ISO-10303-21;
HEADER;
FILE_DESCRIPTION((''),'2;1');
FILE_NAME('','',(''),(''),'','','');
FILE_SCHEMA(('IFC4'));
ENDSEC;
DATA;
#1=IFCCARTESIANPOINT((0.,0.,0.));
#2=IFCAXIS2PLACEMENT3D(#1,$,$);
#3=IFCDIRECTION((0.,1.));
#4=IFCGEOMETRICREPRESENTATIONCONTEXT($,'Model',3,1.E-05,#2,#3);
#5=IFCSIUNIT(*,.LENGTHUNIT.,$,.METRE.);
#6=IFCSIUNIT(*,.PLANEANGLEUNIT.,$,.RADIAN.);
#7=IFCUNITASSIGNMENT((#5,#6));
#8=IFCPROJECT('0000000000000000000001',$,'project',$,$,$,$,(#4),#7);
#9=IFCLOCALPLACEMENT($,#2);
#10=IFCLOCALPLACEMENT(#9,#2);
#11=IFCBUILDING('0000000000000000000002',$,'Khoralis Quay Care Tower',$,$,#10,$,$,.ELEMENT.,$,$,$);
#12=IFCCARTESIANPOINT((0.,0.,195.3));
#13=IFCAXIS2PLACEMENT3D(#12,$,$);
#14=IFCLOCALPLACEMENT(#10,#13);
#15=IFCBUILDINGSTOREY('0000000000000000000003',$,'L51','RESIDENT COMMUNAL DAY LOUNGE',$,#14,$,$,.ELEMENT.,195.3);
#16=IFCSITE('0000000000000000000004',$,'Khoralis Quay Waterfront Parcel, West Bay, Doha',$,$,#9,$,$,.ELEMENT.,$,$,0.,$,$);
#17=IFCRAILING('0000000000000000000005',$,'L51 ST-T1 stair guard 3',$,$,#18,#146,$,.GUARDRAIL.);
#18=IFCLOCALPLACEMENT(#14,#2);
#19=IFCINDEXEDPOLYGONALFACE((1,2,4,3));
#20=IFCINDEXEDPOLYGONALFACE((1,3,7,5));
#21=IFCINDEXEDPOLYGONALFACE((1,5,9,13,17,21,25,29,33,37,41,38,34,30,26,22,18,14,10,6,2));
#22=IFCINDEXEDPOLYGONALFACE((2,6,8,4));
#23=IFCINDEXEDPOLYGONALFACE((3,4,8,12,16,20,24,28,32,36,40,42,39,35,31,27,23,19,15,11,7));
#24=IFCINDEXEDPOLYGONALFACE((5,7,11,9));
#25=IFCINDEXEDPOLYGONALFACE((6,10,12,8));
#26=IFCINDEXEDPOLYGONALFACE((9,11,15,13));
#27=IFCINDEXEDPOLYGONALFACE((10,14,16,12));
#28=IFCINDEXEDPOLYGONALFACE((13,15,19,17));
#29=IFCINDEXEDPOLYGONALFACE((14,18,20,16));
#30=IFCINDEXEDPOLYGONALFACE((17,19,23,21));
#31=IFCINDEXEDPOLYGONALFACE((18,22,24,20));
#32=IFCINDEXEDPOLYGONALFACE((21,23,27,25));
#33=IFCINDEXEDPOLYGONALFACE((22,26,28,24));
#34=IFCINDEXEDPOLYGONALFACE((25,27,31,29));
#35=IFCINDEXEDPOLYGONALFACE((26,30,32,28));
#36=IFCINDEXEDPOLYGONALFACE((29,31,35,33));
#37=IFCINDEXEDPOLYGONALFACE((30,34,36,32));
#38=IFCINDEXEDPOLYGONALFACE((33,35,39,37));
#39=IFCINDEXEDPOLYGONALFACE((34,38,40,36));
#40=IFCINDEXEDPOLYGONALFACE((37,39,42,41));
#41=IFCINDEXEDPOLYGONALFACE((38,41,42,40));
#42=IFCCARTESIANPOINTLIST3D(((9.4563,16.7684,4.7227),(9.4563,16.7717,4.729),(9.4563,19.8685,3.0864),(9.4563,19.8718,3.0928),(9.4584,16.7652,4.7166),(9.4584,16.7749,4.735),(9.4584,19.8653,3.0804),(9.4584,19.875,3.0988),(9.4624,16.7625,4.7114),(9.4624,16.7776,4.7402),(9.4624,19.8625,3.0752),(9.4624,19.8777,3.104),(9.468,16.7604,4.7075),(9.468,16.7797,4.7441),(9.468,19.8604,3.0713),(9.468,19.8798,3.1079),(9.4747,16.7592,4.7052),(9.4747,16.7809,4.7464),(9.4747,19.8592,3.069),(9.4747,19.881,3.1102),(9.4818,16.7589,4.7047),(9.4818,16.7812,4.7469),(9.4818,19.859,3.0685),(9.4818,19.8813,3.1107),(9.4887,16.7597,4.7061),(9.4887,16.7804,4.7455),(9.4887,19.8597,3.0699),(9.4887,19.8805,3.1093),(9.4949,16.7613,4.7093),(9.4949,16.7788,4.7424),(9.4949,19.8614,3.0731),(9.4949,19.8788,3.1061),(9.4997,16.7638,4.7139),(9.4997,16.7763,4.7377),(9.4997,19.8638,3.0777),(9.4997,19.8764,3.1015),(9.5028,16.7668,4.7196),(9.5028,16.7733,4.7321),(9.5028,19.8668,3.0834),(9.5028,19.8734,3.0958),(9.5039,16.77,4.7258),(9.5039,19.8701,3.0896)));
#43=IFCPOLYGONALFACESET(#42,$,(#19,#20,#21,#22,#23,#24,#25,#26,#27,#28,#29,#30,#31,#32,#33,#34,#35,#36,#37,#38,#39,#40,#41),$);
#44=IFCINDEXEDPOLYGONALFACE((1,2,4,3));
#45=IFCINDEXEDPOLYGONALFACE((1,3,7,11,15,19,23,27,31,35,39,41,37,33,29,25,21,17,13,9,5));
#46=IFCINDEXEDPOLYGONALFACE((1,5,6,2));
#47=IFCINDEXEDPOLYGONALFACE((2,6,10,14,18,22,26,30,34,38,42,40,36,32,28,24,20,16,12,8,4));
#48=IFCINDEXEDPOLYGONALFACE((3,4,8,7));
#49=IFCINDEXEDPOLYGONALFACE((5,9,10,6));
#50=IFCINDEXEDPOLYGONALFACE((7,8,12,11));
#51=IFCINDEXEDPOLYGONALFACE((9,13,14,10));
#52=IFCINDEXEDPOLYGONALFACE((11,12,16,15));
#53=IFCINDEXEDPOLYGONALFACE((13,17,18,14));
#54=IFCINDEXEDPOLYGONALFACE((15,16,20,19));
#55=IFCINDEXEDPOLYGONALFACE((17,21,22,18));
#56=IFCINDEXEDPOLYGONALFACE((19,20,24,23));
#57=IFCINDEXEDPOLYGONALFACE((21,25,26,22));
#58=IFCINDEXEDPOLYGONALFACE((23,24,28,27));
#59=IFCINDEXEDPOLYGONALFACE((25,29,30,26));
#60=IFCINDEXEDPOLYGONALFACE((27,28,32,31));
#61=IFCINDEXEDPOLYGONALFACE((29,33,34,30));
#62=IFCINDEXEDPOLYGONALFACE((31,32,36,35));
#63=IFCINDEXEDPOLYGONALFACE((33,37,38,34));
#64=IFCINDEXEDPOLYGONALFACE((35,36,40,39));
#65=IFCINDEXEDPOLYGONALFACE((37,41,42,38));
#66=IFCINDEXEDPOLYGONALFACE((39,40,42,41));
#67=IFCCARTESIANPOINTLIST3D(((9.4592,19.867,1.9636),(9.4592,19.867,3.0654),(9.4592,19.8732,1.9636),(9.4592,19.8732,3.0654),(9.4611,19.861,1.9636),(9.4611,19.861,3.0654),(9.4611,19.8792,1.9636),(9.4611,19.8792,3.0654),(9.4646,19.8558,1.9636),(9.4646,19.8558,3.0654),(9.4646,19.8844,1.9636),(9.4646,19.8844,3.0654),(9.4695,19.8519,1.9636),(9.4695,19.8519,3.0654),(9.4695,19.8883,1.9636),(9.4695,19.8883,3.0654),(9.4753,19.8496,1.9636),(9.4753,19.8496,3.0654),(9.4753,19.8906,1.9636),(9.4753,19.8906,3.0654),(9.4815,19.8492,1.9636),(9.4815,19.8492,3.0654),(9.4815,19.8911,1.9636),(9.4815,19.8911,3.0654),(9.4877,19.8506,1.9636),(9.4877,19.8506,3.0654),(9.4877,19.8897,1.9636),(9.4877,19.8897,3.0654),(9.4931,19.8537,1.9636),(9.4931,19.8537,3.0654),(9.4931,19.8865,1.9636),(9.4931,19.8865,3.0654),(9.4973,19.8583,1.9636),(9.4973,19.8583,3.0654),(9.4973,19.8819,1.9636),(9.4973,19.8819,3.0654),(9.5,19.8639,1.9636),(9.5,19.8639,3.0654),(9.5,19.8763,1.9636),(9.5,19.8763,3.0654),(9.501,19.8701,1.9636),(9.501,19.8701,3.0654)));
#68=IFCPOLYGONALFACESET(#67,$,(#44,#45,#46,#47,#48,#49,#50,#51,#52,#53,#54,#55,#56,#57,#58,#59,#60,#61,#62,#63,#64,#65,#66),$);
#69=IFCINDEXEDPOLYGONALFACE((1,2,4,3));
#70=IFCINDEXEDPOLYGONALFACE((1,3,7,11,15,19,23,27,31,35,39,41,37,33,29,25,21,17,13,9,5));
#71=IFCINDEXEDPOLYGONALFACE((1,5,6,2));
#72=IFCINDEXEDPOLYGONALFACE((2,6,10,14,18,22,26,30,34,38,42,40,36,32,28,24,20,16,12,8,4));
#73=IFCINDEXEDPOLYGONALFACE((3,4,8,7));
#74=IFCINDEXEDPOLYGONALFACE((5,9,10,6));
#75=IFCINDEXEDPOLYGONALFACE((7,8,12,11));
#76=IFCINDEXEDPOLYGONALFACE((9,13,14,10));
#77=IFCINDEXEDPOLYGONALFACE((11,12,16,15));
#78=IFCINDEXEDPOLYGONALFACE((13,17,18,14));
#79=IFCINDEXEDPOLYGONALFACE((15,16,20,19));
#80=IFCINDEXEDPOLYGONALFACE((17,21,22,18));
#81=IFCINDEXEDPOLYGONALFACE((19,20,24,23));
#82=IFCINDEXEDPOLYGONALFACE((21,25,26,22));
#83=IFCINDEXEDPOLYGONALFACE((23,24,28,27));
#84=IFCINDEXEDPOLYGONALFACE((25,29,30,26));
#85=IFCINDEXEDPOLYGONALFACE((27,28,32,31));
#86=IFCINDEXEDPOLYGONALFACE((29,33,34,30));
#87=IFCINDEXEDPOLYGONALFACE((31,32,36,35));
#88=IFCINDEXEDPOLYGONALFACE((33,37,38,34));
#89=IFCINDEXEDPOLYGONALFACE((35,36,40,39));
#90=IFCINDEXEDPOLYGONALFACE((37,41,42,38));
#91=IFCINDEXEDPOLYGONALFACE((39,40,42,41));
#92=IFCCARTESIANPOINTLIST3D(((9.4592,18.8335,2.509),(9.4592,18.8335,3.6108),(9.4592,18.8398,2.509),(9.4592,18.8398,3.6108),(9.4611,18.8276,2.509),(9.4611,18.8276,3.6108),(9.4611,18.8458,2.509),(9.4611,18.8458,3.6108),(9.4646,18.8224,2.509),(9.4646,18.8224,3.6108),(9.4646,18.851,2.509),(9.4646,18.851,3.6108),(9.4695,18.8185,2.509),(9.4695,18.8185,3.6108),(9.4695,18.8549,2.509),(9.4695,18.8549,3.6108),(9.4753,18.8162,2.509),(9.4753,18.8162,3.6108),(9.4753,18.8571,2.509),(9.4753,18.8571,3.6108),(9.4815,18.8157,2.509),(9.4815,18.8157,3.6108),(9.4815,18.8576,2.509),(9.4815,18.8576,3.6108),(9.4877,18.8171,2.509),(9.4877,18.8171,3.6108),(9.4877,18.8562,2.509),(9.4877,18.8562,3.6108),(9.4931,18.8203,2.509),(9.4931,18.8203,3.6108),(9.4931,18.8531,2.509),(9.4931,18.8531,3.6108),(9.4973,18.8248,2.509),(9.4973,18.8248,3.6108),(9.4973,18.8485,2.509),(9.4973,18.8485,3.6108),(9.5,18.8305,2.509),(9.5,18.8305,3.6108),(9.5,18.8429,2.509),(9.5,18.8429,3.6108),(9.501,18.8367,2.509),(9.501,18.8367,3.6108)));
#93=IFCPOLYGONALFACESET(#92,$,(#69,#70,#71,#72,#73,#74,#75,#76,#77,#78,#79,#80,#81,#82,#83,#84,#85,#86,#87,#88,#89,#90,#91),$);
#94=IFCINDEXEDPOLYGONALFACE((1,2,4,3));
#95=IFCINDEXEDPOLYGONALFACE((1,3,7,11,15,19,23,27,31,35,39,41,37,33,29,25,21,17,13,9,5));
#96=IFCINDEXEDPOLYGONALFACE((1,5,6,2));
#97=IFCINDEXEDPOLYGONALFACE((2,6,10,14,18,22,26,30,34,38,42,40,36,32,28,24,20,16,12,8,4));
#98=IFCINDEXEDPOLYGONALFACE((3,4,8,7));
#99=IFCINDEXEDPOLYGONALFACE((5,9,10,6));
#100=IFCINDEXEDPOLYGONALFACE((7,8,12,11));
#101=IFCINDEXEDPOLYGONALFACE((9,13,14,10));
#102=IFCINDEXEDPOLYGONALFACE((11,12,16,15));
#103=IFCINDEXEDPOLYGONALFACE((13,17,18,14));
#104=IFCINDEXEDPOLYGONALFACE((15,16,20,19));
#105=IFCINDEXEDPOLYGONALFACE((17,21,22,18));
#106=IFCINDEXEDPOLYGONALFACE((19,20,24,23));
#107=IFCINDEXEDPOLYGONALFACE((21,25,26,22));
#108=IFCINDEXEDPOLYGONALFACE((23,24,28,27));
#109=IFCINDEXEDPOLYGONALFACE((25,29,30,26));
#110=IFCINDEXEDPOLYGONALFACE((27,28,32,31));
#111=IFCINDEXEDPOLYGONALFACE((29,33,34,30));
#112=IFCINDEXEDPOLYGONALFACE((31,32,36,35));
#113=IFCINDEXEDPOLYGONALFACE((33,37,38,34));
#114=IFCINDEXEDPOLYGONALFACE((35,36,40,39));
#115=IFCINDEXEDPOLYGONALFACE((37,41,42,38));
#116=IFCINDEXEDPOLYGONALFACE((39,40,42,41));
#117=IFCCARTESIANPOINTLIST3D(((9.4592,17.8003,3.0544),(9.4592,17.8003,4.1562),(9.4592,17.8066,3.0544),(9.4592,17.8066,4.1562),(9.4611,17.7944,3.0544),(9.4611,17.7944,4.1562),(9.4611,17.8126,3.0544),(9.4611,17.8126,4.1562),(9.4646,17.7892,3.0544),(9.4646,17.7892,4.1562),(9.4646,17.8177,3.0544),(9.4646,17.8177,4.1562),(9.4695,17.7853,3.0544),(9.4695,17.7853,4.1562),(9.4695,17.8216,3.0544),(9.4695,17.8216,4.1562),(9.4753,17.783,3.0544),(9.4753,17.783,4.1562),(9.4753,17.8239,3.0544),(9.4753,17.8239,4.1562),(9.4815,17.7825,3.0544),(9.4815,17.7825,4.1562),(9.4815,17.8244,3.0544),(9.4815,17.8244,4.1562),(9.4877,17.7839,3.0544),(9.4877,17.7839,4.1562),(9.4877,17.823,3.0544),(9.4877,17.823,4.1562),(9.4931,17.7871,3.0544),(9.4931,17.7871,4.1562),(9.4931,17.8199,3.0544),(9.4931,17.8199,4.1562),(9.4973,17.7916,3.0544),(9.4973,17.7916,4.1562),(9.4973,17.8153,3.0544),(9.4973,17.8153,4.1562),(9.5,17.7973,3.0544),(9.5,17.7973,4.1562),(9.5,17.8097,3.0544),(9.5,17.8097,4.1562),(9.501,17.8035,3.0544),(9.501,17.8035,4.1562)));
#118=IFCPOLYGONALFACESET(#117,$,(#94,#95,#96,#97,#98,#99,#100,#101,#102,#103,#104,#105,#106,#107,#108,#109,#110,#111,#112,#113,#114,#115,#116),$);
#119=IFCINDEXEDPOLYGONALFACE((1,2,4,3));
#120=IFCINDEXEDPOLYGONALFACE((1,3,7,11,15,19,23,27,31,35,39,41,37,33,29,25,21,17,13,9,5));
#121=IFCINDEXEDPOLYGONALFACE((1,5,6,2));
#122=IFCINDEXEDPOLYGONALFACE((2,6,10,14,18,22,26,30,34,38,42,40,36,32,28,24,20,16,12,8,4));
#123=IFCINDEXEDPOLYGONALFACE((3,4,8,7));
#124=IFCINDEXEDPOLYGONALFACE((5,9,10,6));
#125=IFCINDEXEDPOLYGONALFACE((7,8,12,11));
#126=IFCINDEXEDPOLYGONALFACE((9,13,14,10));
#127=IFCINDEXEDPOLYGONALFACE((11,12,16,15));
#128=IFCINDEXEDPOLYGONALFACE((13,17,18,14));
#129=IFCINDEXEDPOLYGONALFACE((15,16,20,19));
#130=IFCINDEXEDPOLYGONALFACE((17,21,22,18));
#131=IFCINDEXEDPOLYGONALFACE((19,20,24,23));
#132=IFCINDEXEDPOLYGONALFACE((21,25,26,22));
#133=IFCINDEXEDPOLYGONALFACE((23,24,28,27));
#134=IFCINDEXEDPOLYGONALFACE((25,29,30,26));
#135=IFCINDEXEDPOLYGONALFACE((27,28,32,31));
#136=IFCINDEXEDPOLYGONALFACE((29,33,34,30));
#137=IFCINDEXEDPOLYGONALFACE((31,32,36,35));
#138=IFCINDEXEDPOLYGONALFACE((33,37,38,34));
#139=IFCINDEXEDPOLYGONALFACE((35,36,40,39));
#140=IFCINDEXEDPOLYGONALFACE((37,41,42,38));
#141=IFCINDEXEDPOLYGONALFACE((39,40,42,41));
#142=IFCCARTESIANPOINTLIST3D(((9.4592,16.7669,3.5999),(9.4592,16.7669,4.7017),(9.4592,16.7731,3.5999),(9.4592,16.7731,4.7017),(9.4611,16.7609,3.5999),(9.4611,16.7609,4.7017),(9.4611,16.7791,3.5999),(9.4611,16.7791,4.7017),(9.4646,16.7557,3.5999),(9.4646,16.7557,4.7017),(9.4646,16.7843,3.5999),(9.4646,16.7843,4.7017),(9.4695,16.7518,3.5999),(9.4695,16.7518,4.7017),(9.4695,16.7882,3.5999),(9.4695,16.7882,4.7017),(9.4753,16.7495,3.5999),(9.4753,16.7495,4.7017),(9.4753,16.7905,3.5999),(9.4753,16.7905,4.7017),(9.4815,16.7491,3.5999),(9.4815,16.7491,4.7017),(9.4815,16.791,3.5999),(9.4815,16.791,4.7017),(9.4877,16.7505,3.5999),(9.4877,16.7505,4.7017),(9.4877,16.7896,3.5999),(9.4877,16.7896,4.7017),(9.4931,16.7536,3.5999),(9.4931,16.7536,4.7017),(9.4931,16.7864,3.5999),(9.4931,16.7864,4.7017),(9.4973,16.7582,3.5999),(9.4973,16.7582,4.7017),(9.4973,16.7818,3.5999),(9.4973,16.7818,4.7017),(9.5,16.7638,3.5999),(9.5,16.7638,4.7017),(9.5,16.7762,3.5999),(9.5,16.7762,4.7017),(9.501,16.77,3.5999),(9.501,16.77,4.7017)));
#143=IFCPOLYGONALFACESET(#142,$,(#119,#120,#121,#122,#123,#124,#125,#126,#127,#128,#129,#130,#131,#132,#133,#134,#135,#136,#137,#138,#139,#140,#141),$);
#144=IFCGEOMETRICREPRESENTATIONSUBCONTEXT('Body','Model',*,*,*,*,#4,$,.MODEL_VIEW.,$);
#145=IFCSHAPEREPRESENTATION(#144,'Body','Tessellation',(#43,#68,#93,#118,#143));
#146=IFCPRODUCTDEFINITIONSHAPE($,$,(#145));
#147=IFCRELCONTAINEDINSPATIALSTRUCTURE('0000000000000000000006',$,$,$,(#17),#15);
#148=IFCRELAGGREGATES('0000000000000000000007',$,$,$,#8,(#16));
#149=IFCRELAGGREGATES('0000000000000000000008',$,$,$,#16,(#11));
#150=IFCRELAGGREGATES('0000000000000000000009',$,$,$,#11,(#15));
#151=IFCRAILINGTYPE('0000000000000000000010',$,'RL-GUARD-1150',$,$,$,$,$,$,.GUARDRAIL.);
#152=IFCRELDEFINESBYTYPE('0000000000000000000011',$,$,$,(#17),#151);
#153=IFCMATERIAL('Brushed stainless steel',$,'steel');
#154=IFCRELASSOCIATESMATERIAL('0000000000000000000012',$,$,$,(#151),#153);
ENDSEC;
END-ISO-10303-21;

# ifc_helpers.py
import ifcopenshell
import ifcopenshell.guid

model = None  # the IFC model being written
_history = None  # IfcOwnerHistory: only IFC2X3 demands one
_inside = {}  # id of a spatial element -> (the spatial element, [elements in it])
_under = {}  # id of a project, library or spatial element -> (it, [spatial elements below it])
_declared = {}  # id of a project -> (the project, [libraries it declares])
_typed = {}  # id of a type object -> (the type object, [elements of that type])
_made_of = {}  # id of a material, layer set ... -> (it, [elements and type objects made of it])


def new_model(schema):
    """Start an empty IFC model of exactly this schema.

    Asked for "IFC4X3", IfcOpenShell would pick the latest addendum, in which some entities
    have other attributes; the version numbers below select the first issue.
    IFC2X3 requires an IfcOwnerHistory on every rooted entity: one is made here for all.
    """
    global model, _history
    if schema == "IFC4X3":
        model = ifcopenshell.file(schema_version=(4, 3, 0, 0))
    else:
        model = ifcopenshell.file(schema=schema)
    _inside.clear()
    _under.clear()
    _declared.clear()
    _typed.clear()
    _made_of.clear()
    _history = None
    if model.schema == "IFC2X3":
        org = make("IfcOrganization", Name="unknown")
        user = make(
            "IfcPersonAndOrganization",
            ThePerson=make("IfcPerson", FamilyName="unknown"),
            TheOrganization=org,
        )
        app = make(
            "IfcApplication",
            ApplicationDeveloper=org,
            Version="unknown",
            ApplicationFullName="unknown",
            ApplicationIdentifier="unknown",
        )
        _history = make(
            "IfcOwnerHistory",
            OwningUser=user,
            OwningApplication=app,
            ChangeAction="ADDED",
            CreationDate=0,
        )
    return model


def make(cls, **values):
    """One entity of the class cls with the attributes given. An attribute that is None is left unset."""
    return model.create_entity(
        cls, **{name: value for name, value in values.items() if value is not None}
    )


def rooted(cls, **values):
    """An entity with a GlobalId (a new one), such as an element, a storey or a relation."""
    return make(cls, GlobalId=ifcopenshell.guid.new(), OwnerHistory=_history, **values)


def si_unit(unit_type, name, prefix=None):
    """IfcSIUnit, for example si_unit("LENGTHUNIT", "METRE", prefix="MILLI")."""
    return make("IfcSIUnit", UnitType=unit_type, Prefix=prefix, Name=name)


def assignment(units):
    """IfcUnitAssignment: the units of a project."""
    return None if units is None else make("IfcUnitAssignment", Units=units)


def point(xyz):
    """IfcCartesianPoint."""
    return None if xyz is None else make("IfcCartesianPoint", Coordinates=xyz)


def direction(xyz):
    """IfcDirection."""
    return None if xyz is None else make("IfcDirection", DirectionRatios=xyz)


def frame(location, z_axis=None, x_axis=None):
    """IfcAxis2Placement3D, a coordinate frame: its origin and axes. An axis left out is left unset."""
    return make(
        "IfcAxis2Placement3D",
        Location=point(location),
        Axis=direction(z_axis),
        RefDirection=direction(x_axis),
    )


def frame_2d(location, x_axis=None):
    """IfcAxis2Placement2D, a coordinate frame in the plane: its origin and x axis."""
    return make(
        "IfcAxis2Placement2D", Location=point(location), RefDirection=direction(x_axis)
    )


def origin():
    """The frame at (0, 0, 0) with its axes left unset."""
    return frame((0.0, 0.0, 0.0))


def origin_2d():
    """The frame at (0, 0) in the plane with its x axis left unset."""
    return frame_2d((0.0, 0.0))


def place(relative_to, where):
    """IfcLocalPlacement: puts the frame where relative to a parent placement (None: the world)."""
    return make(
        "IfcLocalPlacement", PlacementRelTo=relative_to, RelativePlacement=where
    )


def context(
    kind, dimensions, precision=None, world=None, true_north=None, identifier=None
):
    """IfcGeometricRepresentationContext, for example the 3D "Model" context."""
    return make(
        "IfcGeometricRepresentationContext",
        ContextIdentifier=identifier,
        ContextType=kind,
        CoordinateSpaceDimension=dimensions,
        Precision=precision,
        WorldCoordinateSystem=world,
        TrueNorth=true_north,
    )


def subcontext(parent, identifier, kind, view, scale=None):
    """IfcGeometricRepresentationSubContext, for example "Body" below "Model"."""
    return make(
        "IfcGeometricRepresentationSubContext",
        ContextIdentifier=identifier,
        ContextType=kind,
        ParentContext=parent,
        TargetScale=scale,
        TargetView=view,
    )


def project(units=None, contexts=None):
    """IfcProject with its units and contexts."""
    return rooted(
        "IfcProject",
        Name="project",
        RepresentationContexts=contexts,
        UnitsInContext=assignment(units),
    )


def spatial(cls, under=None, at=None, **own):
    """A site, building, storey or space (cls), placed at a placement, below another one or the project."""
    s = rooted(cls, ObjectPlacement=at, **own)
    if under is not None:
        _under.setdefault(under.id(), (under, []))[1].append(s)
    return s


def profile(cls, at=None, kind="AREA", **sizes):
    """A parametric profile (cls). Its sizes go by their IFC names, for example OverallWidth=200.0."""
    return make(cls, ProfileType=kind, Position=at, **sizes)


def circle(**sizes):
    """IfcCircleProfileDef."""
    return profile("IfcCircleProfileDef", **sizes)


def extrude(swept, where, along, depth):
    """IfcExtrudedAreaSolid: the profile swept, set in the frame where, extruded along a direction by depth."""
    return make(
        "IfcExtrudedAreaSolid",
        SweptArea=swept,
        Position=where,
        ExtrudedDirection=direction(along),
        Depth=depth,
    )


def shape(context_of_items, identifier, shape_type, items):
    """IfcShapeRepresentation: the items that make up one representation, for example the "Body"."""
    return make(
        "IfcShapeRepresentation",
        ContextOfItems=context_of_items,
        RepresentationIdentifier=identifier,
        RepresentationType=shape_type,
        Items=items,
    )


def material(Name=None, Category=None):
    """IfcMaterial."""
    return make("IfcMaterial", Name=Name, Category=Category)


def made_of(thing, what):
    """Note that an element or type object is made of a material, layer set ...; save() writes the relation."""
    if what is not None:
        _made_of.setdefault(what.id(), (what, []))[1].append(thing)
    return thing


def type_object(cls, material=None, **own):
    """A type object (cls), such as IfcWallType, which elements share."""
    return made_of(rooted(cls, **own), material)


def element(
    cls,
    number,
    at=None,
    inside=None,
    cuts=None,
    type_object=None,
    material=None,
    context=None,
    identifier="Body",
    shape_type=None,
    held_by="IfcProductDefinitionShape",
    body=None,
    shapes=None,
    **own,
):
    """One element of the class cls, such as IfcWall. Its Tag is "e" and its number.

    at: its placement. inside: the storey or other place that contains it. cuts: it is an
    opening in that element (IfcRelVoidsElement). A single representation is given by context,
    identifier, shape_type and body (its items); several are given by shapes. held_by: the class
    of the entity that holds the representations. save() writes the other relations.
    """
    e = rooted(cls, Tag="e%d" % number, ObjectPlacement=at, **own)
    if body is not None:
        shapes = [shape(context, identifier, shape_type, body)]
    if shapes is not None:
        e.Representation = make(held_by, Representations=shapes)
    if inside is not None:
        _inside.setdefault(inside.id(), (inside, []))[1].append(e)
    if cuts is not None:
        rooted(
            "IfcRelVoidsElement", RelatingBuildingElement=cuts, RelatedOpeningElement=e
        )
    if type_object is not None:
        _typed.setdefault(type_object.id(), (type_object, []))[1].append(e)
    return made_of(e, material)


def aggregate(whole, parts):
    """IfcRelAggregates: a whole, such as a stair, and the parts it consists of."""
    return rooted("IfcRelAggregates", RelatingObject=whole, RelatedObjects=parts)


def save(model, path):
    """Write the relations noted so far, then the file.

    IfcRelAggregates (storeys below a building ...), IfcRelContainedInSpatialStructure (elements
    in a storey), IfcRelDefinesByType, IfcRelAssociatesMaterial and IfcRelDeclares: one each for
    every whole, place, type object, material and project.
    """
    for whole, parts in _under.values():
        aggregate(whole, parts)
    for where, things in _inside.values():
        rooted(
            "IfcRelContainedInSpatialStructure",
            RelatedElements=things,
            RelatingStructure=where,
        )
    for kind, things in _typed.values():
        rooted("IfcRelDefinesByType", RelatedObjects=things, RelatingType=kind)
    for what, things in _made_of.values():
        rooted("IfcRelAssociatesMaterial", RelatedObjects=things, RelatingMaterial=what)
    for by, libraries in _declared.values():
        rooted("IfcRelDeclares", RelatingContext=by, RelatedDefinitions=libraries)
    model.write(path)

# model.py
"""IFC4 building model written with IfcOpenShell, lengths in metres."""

from ifc_helpers import new_model, si_unit, direction, frame, origin, origin_2d, place, context, subcontext, project, spatial, circle, extrude, material, type_object, element, save


model = new_model("IFC4")

# Units and contexts
model_context = context("Model", 3, precision=1e-05, world=origin(), true_north=direction((0.0, 1.0)))
body_context = subcontext(model_context, "Body", "Model", "MODEL_VIEW")
ifc_project = project(units=[si_unit("LENGTHUNIT", "METRE"), si_unit("PLANEANGLEUNIT", "RADIAN")], contexts=[model_context])

# Site, building, storey
site_placement = place(None, origin())
site = spatial("IfcSite", under=ifc_project, at=site_placement, Name="Khoralis Quay Waterfront Parcel, West Bay, Doha", CompositionType="ELEMENT", RefElevation=0.0)
building_placement = place(site_placement, origin())
building = spatial("IfcBuilding", under=site, at=building_placement, Name="Khoralis Quay Care Tower", CompositionType="ELEMENT")
storey_placement = place(building_placement, frame((0.0, 0.0, 195.3)))
storey = spatial("IfcBuildingStorey", under=building, at=storey_placement, Name="L51", Description="RESIDENT COMMUNAL DAY LOUNGE", CompositionType="ELEMENT", Elevation=195.3)

# Railing
ifc_material_1 = material(Name="Brushed stainless steel", Category="steel")
railing_type_1 = type_object("IfcRailingType", Name="RL-GUARD-1150", PredefinedType="GUARDRAIL", material=ifc_material_1)
railing_1_placement = place(storey_placement, frame((9.48, 19.8701, 1.9636)))
element("IfcRailing", 1, at=railing_1_placement, inside=storey, type_object=railing_type_1, Name="L51 ST-T1 stair guard 3", PredefinedType="GUARDRAIL", context=body_context, shape_type="SweptSolid", body=[
    extrude(circle(Radius=0.0239, at=origin_2d()), frame((0.0, 0.0, 1.126), z_axis=(0.0, -0.884377, 0.466774), x_axis=(1.0, 0.0, 0.0)), (0.0, 0.0, 1.0), 3.5054),
    extrude(circle(Radius=0.021, at=origin_2d()), origin(), (0.0, 0.0, 1.0), 1.1018),
    extrude(circle(Radius=0.021, at=origin_2d()), frame((0.0, -1.0334, 0.5454)), (0.0, 0.0, 1.0), 1.1018),
    extrude(circle(Radius=0.021, at=origin_2d()), frame((0.0, -2.0667, 1.0908)), (0.0, 0.0, 1.0), 1.1018),
    extrude(circle(Radius=0.021, at=origin_2d()), frame((0.0, -3.1001, 1.6362)), (0.0, 0.0, 1.0), 1.1018),
])

save(model, "model.ifc")
